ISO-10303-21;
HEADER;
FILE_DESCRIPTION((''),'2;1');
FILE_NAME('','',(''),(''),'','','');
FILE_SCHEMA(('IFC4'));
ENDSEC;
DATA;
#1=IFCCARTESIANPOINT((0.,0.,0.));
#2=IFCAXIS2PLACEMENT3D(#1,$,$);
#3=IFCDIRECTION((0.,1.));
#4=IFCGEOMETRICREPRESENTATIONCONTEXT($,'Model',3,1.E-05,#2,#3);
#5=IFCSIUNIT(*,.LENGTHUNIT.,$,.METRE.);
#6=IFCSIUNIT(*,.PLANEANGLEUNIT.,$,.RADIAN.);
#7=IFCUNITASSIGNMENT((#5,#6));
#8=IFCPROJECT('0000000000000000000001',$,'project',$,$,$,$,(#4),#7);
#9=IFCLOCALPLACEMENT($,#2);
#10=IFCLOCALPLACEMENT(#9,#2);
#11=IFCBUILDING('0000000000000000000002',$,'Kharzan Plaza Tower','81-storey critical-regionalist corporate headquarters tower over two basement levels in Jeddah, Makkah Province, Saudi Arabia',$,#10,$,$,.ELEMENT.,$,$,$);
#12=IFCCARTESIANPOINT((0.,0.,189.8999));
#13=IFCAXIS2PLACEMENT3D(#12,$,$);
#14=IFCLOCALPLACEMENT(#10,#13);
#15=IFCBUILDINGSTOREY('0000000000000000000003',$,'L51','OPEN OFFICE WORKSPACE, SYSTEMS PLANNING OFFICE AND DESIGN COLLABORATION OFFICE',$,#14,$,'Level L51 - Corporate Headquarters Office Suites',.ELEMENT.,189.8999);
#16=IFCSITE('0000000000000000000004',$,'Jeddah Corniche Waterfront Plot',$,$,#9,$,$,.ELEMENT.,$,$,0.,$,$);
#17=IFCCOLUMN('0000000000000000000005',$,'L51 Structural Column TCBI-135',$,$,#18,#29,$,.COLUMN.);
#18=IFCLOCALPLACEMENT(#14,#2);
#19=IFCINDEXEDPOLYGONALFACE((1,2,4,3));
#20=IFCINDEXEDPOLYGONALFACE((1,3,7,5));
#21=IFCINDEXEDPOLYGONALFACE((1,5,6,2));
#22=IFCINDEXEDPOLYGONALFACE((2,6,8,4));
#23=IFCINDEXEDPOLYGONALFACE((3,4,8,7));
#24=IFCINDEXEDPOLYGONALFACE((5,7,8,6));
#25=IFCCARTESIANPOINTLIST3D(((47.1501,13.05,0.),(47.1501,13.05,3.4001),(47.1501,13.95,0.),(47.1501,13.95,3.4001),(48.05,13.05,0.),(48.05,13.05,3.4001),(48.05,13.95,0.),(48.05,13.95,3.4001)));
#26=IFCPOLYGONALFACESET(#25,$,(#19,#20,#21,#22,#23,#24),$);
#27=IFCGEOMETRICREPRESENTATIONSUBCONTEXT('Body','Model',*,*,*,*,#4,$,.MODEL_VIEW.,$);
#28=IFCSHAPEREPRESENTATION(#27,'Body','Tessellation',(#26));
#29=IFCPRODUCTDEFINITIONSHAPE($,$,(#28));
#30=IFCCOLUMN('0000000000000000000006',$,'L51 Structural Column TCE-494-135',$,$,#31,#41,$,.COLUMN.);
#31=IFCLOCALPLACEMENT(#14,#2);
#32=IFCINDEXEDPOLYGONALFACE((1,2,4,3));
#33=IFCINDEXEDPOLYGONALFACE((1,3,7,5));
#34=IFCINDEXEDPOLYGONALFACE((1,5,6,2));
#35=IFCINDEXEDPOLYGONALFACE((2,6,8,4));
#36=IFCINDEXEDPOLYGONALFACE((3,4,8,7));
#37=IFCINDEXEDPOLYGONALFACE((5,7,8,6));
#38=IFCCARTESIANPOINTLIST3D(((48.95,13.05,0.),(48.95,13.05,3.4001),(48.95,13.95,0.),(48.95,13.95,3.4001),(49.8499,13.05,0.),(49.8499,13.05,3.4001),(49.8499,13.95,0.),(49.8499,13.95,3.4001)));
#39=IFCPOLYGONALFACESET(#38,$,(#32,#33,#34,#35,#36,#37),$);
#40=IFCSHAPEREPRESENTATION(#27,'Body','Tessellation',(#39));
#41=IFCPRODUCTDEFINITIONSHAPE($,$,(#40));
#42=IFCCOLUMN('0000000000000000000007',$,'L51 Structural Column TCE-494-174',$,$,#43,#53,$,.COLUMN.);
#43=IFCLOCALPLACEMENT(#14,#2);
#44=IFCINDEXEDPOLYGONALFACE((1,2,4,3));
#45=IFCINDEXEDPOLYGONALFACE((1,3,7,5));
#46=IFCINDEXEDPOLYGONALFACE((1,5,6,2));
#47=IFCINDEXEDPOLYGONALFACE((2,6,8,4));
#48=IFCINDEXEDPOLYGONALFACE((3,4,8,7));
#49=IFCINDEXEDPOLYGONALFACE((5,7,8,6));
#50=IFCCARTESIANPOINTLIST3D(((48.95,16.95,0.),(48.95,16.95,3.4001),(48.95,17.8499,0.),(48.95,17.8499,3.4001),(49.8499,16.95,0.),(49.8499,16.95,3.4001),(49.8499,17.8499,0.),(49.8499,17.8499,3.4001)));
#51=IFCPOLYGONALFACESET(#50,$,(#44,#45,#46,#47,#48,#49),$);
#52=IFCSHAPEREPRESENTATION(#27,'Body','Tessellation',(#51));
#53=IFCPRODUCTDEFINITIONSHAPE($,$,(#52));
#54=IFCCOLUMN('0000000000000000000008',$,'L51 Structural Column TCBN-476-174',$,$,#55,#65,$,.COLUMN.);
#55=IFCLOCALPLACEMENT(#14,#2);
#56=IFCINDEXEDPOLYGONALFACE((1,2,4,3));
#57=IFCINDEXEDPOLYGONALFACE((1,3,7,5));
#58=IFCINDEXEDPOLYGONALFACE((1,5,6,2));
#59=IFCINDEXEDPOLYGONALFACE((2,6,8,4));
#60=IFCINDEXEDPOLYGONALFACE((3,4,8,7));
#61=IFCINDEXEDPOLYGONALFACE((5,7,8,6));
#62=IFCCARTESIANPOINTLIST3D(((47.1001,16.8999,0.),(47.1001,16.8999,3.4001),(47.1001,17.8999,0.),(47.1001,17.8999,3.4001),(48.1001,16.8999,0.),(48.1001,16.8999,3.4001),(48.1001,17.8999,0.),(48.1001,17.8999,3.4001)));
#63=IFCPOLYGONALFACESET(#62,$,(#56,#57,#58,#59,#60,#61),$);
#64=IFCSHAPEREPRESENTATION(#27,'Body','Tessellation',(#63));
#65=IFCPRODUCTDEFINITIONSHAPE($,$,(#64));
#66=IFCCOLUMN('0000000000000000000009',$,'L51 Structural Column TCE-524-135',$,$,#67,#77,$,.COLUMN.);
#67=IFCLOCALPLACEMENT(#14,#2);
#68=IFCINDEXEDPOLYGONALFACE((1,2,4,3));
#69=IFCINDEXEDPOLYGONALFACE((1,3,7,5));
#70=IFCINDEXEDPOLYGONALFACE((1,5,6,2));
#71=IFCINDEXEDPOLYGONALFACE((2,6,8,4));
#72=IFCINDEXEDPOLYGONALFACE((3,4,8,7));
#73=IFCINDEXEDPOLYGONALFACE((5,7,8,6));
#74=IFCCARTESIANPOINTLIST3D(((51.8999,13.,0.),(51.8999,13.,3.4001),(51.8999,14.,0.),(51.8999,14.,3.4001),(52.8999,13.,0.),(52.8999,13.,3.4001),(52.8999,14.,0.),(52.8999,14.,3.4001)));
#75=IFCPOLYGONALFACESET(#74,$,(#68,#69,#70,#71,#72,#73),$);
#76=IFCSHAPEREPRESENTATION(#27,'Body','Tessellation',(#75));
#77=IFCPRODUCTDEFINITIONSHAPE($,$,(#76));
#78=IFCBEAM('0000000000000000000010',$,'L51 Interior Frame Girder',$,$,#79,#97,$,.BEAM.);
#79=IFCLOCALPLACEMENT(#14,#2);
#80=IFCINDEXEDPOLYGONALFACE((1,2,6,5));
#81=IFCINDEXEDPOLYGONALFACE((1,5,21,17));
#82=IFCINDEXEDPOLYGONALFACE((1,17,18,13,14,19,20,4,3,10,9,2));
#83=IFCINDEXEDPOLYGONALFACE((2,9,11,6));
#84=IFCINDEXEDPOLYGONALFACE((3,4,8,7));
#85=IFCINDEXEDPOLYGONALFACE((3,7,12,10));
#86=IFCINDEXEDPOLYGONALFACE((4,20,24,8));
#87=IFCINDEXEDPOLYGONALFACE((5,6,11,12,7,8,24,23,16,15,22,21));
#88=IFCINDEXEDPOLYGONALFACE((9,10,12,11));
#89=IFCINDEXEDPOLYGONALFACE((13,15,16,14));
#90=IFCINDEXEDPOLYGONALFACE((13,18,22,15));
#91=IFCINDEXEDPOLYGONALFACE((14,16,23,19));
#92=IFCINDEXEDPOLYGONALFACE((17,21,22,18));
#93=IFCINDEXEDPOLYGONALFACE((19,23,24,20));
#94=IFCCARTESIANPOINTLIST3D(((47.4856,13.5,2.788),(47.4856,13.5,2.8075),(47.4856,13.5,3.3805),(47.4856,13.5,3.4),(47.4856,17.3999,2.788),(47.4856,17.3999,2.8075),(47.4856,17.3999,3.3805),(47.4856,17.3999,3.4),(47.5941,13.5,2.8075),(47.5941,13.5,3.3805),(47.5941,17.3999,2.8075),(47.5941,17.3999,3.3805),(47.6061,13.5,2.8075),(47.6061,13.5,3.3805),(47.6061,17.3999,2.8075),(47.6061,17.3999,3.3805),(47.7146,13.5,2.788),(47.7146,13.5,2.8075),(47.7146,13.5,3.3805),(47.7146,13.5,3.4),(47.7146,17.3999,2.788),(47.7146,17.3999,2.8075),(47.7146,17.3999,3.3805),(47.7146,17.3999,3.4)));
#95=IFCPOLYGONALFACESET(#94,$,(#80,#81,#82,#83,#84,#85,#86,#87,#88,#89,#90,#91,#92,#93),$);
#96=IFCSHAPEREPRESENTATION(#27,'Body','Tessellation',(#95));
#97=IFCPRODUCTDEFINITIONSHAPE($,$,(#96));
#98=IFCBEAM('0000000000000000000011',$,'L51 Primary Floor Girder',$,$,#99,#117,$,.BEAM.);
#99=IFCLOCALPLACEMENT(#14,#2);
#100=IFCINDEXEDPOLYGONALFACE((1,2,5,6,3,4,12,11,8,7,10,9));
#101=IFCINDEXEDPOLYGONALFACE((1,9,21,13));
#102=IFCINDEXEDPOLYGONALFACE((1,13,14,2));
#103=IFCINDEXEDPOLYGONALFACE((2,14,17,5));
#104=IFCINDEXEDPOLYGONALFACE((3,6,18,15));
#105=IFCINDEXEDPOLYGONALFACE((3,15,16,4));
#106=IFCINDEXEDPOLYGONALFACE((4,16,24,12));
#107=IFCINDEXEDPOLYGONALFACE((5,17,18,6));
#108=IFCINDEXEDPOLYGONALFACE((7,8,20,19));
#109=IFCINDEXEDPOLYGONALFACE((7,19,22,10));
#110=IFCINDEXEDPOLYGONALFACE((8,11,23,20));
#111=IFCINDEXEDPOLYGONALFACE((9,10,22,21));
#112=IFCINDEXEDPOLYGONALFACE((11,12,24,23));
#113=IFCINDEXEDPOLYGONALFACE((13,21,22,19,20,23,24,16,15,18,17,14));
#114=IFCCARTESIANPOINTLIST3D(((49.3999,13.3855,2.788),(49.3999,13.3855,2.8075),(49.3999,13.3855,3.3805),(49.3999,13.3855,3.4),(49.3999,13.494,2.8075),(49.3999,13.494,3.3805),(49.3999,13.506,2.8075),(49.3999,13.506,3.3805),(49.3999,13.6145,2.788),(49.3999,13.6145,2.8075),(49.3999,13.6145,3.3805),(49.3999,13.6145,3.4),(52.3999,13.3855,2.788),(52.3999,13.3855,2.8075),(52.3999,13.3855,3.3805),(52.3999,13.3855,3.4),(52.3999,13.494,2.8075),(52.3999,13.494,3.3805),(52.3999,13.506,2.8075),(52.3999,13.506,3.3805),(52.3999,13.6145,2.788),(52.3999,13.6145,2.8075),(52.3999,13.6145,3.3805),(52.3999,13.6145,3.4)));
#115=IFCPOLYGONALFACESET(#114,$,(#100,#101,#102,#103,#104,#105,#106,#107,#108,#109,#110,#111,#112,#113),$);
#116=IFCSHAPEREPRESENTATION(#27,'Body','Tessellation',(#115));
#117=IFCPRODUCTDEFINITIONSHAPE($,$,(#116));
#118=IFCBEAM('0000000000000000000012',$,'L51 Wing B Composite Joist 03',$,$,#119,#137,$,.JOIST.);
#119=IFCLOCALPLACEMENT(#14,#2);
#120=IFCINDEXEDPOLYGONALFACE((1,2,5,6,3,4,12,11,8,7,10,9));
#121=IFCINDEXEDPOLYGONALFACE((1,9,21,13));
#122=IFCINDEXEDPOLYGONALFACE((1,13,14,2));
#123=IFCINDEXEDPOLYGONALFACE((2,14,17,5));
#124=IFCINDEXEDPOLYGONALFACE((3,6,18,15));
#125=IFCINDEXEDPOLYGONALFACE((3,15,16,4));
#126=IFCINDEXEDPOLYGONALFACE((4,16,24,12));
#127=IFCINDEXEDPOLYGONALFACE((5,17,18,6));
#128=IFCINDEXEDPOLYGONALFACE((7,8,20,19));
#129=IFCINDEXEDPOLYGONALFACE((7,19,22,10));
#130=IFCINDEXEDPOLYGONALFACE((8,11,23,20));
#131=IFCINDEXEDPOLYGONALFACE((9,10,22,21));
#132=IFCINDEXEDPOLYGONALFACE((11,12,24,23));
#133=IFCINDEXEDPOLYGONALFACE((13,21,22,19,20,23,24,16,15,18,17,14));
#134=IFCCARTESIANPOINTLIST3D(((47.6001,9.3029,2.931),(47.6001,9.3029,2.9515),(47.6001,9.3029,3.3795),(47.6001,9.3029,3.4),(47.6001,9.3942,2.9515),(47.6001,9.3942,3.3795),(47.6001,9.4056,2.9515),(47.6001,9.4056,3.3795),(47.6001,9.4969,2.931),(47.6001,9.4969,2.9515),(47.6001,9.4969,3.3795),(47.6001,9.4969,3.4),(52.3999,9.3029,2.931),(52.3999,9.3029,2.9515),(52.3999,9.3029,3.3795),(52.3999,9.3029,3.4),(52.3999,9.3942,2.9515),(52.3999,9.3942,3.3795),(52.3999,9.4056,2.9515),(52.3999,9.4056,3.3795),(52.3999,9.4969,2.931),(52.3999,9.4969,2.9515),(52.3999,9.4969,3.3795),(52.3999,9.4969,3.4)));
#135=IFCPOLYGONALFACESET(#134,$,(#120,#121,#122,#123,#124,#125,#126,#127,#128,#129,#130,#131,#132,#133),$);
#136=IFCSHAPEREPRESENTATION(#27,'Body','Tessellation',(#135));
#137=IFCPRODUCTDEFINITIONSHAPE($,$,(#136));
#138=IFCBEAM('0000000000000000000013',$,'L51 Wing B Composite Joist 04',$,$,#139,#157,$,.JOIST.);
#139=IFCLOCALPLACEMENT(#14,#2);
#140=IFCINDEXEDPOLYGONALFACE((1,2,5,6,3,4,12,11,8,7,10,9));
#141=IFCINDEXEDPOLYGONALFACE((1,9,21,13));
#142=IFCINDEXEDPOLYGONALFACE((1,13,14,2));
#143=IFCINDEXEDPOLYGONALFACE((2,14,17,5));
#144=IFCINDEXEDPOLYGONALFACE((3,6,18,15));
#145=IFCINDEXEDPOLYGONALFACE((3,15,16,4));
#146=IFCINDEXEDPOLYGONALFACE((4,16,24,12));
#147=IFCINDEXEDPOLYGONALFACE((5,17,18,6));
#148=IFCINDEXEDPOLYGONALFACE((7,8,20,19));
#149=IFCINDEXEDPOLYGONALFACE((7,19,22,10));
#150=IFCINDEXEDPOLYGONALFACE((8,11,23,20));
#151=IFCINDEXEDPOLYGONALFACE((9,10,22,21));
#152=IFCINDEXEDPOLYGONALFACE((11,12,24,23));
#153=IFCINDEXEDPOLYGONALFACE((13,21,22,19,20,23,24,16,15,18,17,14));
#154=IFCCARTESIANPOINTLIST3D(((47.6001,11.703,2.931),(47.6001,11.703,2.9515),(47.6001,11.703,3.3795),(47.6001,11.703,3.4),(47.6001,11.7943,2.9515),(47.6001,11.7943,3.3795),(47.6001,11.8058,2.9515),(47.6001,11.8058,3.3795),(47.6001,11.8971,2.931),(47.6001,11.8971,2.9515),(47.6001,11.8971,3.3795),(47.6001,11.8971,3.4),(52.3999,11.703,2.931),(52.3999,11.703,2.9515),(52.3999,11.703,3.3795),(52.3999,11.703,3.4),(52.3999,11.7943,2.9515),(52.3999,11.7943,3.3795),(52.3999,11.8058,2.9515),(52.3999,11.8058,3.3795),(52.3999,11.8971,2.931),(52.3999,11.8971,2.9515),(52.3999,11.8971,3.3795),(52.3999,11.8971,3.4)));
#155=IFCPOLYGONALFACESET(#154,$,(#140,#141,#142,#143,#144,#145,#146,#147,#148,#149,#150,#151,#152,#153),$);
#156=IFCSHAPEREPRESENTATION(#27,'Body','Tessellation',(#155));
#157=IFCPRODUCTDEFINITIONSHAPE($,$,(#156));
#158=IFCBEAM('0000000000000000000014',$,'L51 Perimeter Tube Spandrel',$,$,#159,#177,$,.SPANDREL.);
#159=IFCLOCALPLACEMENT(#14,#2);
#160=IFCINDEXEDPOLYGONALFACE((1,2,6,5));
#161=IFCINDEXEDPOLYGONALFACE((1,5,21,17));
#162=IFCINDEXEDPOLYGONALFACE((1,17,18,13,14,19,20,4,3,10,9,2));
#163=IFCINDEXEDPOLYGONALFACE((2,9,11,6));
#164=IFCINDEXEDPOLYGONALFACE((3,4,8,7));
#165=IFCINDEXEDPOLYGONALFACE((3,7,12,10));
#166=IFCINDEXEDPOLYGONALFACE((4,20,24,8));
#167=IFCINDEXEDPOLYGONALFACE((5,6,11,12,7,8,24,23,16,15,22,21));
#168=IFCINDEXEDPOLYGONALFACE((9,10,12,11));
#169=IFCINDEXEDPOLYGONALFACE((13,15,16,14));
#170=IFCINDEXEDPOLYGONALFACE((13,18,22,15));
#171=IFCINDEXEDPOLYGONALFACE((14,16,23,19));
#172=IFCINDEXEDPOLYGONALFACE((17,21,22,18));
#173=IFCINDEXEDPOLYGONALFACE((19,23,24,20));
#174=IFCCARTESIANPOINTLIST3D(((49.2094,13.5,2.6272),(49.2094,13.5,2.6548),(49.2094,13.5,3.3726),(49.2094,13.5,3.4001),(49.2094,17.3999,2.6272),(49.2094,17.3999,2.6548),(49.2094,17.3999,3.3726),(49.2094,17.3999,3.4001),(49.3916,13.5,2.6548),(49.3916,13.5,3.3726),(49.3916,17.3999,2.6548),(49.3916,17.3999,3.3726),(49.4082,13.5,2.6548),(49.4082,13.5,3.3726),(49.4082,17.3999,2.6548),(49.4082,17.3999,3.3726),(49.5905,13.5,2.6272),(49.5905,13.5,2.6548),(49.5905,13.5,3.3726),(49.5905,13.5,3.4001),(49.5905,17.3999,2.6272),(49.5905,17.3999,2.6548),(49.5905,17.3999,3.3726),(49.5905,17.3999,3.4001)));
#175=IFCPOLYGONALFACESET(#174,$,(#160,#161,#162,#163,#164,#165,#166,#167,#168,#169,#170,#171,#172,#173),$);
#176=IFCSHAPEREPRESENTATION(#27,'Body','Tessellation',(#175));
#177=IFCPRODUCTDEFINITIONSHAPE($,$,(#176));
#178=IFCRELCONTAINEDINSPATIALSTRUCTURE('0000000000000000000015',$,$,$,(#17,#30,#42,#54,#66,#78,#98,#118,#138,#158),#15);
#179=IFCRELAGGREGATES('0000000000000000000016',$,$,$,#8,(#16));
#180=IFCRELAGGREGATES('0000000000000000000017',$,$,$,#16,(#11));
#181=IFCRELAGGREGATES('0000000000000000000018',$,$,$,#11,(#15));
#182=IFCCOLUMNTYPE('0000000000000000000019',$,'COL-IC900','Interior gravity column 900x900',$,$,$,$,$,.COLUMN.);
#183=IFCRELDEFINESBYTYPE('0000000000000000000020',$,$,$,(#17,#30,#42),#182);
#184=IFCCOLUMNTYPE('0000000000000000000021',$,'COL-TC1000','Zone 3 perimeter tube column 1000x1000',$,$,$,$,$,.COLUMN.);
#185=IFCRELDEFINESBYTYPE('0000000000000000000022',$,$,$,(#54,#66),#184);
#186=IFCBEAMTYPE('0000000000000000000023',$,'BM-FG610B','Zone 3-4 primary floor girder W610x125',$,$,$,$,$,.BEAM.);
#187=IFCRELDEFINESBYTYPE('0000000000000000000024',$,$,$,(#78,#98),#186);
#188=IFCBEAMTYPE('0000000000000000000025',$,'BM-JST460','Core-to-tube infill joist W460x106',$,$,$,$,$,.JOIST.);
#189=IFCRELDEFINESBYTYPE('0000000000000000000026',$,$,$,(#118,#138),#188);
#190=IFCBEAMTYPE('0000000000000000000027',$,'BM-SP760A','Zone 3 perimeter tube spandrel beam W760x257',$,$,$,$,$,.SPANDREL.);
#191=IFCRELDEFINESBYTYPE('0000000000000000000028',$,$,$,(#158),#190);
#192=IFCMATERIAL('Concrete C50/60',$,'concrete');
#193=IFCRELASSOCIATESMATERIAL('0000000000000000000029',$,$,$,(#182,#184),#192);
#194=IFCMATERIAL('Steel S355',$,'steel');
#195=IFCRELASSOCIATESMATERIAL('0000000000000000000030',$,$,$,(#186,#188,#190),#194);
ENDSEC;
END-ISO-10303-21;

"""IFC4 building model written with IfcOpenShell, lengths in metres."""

from ifc_helpers import new_model, si_unit, direction, frame, origin, origin_2d, place, context, subcontext, project, spatial, rectangle, i_section, extrude, source, transform, mapped, material, material_profile, profile_set, type_object, element, save


model = new_model("IFC4")

# Units and contexts
model_context = context("Model", 3, precision=1e-05, world=origin(), true_north=direction((0.0, 1.0)))
body_context = subcontext(model_context, "Body", "Model", "MODEL_VIEW")
ifc_project = project(units=[si_unit("LENGTHUNIT", "METRE"), si_unit("PLANEANGLEUNIT", "RADIAN")], contexts=[model_context])

# Site, building, storey
site_placement = place(None, origin())
site = spatial("IfcSite", under=ifc_project, at=site_placement, Name="Jeddah Corniche Waterfront Plot", CompositionType="ELEMENT", RefElevation=0.0)
building_placement = place(site_placement, origin())
building = spatial("IfcBuilding", under=site, at=building_placement, Name="Kharzan Plaza Tower", Description="81-storey critical-regionalist corporate headquarters tower over two basement levels in Jeddah, Makkah Province, Saudi Arabia", CompositionType="ELEMENT")
storey_placement = place(building_placement, frame((0.0, 0.0, 189.8999)))
storey = spatial("IfcBuildingStorey", under=building, at=storey_placement, Name="L51", Description="OPEN OFFICE WORKSPACE, SYSTEMS PLANNING OFFICE AND DESIGN COLLABORATION OFFICE", LongName="Level L51 - Corporate Headquarters Office Suites", CompositionType="ELEMENT", Elevation=189.8999)

# Columns
ifc_material_1 = material(Name="Concrete C50/60", Category="concrete")
ifc_material_profile_1 = material_profile(ifc_material_1, rectangle(XDim=0.8999, YDim=0.8999, at=origin_2d()), Name="RC-IC900x900")
ifc_profile_set_1 = profile_set([ifc_material_profile_1], Name="Concrete C50/60")
column_type_1 = type_object("IfcColumnType", Name="COL-IC900", Description="Interior gravity column 900x900", PredefinedType="COLUMN", material=ifc_profile_set_1)
shared_shape_1 = source(origin(), body_context, "Body", "SweptSolid", [
    extrude(rectangle(XDim=0.8999, YDim=0.8999, at=origin_2d()), origin(), (0.0, 0.0, 1.0), 3.4001),
])
for number, where, z_axis, x_axis, name in (
    (1, (47.6001, 13.5, 0.0), (0.0, 0.0, 1.0), (1.0, 0.0, 0.0), "L51 Structural Column TCBI-135"),
    (2, (49.3999, 13.5, 0.0), (0.0, 0.0, 1.0), (1.0, 0.0, 0.0), "L51 Structural Column TCE-494-135"),
    (3, (49.3999, 17.3999, 0.0), (0.0, 0.0, 1.0), (1.0, 0.0, 0.0), "L51 Structural Column TCE-494-174"),
):
    element("IfcColumn", number, at=place(storey_placement, frame(where, z_axis=z_axis, x_axis=x_axis)), inside=storey, type_object=column_type_1, Name=name, PredefinedType="COLUMN", context=body_context, shape_type="MappedRepresentation", body=[
        mapped(shared_shape_1, transform((0.0, 0.0, 0.0), x_axis=(1.0, 0.0, 0.0), y_axis=(0.0, 1.0, 0.0), z_axis=(0.0, 0.0, 1.0))),
    ])
ifc_material_profile_2 = material_profile(ifc_material_1, rectangle(XDim=1.0, YDim=1.0, at=origin_2d()), Name="RC-TC1000x1000")
ifc_profile_set_2 = profile_set([ifc_material_profile_2], Name="Concrete C50/60")
column_type_2 = type_object("IfcColumnType", Name="COL-TC1000", Description="Zone 3 perimeter tube column 1000x1000", PredefinedType="COLUMN", material=ifc_profile_set_2)
shared_shape_2 = source(origin(), body_context, "Body", "SweptSolid", [
    extrude(rectangle(XDim=1.0, YDim=1.0, at=origin_2d()), origin(), (0.0, 0.0, 1.0), 3.4001),
])
for number, where, z_axis, x_axis, name in (
    (4, (47.6001, 17.3999, 0.0), (0.0, 0.0, 1.0), (1.0, 0.0, 0.0), "L51 Structural Column TCBN-476-174"),
    (5, (52.3999, 13.5, 0.0), (0.0, 0.0, 1.0), (1.0, 0.0, 0.0), "L51 Structural Column TCE-524-135"),
):
    element("IfcColumn", number, at=place(storey_placement, frame(where, z_axis=z_axis, x_axis=x_axis)), inside=storey, type_object=column_type_2, Name=name, PredefinedType="COLUMN", context=body_context, shape_type="MappedRepresentation", body=[
        mapped(shared_shape_2, transform((0.0, 0.0, 0.0), x_axis=(1.0, 0.0, 0.0), y_axis=(0.0, 1.0, 0.0), z_axis=(0.0, 0.0, 1.0))),
    ])

# Beams
ifc_material_2 = material(Name="Steel S355", Category="steel")
ifc_material_profile_3 = material_profile(ifc_material_2, i_section(OverallWidth=0.229, OverallDepth=0.6121, WebThickness=0.012, FlangeThickness=0.0195, at=origin_2d()), Name="W610x125")
ifc_profile_set_3 = profile_set([ifc_material_profile_3], Name="Steel S355")
beam_type_1 = type_object("IfcBeamType", Name="BM-FG610B", Description="Zone 3-4 primary floor girder W610x125", PredefinedType="BEAM", material=ifc_profile_set_3)
shared_shape_3 = source(origin(), body_context, "Body", "SweptSolid", [
    extrude(i_section(OverallWidth=0.229, OverallDepth=0.6121, WebThickness=0.012, FlangeThickness=0.0195, at=origin_2d()), origin(), (0.0, 0.0, 1.0), 3.8999),
])
beam_1_placement = place(storey_placement, frame((47.6001, 13.5, 3.094), z_axis=(0.0, 1.0, 0.0), x_axis=(-1.0, 0.0, 0.0)))
element("IfcBeam", 6, at=beam_1_placement, inside=storey, type_object=beam_type_1, Name="L51 Interior Frame Girder", PredefinedType="BEAM", context=body_context, shape_type="MappedRepresentation", body=[
    mapped(shared_shape_3, transform((0.0, 0.0, 0.0), x_axis=(1.0, 0.0, 0.0), y_axis=(0.0, 1.0, 0.0), z_axis=(0.0, 0.0, 1.0))),
])
shared_shape_4 = source(origin(), body_context, "Body", "SweptSolid", [
    extrude(i_section(OverallWidth=0.229, OverallDepth=0.6121, WebThickness=0.012, FlangeThickness=0.0195, at=origin_2d()), origin(), (0.0, 0.0, 1.0), 3.0),
])
beam_2_placement = place(storey_placement, frame((49.3999, 13.5, 3.094), z_axis=(1.0, 0.0, 0.0), x_axis=(0.0, 1.0, 0.0)))
element("IfcBeam", 7, at=beam_2_placement, inside=storey, type_object=beam_type_1, Name="L51 Primary Floor Girder", PredefinedType="BEAM", context=body_context, shape_type="MappedRepresentation", body=[
    mapped(shared_shape_4, transform((0.0, 0.0, 0.0), x_axis=(1.0, 0.0, 0.0), y_axis=(0.0, 1.0, 0.0), z_axis=(0.0, 0.0, 1.0))),
])
ifc_material_profile_4 = material_profile(ifc_material_2, i_section(OverallWidth=0.1941, OverallDepth=0.469, WebThickness=0.0115, FlangeThickness=0.0205, at=origin_2d()), Name="W460x106")
ifc_profile_set_4 = profile_set([ifc_material_profile_4], Name="Steel S355")
beam_type_2 = type_object("IfcBeamType", Name="BM-JST460", Description="Core-to-tube infill joist W460x106", PredefinedType="JOIST", material=ifc_profile_set_4)
shared_shape_5 = source(origin(), body_context, "Body", "SweptSolid", [
    extrude(i_section(OverallWidth=0.1941, OverallDepth=0.469, WebThickness=0.0115, FlangeThickness=0.0205, at=origin_2d()), origin(), (0.0, 0.0, 1.0), 4.7998),
])
for number, where, z_axis, x_axis, name in (
    (8, (47.6001, 9.3999, 3.1655), (1.0, 0.0, 0.0), (0.0, 1.0, 0.0), "L51 Wing B Composite Joist 03"),
    (9, (47.6001, 11.8, 3.1655), (1.0, 0.0, 0.0), (0.0, 1.0, 0.0), "L51 Wing B Composite Joist 04"),
):
    element("IfcBeam", number, at=place(storey_placement, frame(where, z_axis=z_axis, x_axis=x_axis)), inside=storey, type_object=beam_type_2, Name=name, PredefinedType="JOIST", context=body_context, shape_type="MappedRepresentation", body=[
        mapped(shared_shape_5, transform((0.0, 0.0, 0.0), x_axis=(1.0, 0.0, 0.0), y_axis=(0.0, 1.0, 0.0), z_axis=(0.0, 0.0, 1.0))),
    ])
ifc_material_profile_5 = material_profile(ifc_material_2, i_section(OverallWidth=0.3811, OverallDepth=0.7729, WebThickness=0.0166, FlangeThickness=0.0276, at=origin_2d()), Name="W760x257")
ifc_profile_set_5 = profile_set([ifc_material_profile_5], Name="Steel S355")
beam_type_3 = type_object("IfcBeamType", Name="BM-SP760A", Description="Zone 3 perimeter tube spandrel beam W760x257", PredefinedType="SPANDREL", material=ifc_profile_set_5)
shared_shape_6 = source(origin(), body_context, "Body", "SweptSolid", [
    extrude(i_section(OverallWidth=0.3811, OverallDepth=0.7729, WebThickness=0.0166, FlangeThickness=0.0276, at=origin_2d()), origin(), (0.0, 0.0, 1.0), 3.8999),
])
beam_3_placement = place(storey_placement, frame((49.3999, 13.5, 3.0137), z_axis=(0.0, 1.0, 0.0), x_axis=(-1.0, 0.0, 0.0)))
element("IfcBeam", 10, at=beam_3_placement, inside=storey, type_object=beam_type_3, Name="L51 Perimeter Tube Spandrel", PredefinedType="SPANDREL", context=body_context, shape_type="MappedRepresentation", body=[
    mapped(shared_shape_6, transform((0.0, 0.0, 0.0), x_axis=(1.0, 0.0, 0.0), y_axis=(0.0, 1.0, 0.0), z_axis=(0.0, 0.0, 1.0))),
])

save(model, "model.ifc")
